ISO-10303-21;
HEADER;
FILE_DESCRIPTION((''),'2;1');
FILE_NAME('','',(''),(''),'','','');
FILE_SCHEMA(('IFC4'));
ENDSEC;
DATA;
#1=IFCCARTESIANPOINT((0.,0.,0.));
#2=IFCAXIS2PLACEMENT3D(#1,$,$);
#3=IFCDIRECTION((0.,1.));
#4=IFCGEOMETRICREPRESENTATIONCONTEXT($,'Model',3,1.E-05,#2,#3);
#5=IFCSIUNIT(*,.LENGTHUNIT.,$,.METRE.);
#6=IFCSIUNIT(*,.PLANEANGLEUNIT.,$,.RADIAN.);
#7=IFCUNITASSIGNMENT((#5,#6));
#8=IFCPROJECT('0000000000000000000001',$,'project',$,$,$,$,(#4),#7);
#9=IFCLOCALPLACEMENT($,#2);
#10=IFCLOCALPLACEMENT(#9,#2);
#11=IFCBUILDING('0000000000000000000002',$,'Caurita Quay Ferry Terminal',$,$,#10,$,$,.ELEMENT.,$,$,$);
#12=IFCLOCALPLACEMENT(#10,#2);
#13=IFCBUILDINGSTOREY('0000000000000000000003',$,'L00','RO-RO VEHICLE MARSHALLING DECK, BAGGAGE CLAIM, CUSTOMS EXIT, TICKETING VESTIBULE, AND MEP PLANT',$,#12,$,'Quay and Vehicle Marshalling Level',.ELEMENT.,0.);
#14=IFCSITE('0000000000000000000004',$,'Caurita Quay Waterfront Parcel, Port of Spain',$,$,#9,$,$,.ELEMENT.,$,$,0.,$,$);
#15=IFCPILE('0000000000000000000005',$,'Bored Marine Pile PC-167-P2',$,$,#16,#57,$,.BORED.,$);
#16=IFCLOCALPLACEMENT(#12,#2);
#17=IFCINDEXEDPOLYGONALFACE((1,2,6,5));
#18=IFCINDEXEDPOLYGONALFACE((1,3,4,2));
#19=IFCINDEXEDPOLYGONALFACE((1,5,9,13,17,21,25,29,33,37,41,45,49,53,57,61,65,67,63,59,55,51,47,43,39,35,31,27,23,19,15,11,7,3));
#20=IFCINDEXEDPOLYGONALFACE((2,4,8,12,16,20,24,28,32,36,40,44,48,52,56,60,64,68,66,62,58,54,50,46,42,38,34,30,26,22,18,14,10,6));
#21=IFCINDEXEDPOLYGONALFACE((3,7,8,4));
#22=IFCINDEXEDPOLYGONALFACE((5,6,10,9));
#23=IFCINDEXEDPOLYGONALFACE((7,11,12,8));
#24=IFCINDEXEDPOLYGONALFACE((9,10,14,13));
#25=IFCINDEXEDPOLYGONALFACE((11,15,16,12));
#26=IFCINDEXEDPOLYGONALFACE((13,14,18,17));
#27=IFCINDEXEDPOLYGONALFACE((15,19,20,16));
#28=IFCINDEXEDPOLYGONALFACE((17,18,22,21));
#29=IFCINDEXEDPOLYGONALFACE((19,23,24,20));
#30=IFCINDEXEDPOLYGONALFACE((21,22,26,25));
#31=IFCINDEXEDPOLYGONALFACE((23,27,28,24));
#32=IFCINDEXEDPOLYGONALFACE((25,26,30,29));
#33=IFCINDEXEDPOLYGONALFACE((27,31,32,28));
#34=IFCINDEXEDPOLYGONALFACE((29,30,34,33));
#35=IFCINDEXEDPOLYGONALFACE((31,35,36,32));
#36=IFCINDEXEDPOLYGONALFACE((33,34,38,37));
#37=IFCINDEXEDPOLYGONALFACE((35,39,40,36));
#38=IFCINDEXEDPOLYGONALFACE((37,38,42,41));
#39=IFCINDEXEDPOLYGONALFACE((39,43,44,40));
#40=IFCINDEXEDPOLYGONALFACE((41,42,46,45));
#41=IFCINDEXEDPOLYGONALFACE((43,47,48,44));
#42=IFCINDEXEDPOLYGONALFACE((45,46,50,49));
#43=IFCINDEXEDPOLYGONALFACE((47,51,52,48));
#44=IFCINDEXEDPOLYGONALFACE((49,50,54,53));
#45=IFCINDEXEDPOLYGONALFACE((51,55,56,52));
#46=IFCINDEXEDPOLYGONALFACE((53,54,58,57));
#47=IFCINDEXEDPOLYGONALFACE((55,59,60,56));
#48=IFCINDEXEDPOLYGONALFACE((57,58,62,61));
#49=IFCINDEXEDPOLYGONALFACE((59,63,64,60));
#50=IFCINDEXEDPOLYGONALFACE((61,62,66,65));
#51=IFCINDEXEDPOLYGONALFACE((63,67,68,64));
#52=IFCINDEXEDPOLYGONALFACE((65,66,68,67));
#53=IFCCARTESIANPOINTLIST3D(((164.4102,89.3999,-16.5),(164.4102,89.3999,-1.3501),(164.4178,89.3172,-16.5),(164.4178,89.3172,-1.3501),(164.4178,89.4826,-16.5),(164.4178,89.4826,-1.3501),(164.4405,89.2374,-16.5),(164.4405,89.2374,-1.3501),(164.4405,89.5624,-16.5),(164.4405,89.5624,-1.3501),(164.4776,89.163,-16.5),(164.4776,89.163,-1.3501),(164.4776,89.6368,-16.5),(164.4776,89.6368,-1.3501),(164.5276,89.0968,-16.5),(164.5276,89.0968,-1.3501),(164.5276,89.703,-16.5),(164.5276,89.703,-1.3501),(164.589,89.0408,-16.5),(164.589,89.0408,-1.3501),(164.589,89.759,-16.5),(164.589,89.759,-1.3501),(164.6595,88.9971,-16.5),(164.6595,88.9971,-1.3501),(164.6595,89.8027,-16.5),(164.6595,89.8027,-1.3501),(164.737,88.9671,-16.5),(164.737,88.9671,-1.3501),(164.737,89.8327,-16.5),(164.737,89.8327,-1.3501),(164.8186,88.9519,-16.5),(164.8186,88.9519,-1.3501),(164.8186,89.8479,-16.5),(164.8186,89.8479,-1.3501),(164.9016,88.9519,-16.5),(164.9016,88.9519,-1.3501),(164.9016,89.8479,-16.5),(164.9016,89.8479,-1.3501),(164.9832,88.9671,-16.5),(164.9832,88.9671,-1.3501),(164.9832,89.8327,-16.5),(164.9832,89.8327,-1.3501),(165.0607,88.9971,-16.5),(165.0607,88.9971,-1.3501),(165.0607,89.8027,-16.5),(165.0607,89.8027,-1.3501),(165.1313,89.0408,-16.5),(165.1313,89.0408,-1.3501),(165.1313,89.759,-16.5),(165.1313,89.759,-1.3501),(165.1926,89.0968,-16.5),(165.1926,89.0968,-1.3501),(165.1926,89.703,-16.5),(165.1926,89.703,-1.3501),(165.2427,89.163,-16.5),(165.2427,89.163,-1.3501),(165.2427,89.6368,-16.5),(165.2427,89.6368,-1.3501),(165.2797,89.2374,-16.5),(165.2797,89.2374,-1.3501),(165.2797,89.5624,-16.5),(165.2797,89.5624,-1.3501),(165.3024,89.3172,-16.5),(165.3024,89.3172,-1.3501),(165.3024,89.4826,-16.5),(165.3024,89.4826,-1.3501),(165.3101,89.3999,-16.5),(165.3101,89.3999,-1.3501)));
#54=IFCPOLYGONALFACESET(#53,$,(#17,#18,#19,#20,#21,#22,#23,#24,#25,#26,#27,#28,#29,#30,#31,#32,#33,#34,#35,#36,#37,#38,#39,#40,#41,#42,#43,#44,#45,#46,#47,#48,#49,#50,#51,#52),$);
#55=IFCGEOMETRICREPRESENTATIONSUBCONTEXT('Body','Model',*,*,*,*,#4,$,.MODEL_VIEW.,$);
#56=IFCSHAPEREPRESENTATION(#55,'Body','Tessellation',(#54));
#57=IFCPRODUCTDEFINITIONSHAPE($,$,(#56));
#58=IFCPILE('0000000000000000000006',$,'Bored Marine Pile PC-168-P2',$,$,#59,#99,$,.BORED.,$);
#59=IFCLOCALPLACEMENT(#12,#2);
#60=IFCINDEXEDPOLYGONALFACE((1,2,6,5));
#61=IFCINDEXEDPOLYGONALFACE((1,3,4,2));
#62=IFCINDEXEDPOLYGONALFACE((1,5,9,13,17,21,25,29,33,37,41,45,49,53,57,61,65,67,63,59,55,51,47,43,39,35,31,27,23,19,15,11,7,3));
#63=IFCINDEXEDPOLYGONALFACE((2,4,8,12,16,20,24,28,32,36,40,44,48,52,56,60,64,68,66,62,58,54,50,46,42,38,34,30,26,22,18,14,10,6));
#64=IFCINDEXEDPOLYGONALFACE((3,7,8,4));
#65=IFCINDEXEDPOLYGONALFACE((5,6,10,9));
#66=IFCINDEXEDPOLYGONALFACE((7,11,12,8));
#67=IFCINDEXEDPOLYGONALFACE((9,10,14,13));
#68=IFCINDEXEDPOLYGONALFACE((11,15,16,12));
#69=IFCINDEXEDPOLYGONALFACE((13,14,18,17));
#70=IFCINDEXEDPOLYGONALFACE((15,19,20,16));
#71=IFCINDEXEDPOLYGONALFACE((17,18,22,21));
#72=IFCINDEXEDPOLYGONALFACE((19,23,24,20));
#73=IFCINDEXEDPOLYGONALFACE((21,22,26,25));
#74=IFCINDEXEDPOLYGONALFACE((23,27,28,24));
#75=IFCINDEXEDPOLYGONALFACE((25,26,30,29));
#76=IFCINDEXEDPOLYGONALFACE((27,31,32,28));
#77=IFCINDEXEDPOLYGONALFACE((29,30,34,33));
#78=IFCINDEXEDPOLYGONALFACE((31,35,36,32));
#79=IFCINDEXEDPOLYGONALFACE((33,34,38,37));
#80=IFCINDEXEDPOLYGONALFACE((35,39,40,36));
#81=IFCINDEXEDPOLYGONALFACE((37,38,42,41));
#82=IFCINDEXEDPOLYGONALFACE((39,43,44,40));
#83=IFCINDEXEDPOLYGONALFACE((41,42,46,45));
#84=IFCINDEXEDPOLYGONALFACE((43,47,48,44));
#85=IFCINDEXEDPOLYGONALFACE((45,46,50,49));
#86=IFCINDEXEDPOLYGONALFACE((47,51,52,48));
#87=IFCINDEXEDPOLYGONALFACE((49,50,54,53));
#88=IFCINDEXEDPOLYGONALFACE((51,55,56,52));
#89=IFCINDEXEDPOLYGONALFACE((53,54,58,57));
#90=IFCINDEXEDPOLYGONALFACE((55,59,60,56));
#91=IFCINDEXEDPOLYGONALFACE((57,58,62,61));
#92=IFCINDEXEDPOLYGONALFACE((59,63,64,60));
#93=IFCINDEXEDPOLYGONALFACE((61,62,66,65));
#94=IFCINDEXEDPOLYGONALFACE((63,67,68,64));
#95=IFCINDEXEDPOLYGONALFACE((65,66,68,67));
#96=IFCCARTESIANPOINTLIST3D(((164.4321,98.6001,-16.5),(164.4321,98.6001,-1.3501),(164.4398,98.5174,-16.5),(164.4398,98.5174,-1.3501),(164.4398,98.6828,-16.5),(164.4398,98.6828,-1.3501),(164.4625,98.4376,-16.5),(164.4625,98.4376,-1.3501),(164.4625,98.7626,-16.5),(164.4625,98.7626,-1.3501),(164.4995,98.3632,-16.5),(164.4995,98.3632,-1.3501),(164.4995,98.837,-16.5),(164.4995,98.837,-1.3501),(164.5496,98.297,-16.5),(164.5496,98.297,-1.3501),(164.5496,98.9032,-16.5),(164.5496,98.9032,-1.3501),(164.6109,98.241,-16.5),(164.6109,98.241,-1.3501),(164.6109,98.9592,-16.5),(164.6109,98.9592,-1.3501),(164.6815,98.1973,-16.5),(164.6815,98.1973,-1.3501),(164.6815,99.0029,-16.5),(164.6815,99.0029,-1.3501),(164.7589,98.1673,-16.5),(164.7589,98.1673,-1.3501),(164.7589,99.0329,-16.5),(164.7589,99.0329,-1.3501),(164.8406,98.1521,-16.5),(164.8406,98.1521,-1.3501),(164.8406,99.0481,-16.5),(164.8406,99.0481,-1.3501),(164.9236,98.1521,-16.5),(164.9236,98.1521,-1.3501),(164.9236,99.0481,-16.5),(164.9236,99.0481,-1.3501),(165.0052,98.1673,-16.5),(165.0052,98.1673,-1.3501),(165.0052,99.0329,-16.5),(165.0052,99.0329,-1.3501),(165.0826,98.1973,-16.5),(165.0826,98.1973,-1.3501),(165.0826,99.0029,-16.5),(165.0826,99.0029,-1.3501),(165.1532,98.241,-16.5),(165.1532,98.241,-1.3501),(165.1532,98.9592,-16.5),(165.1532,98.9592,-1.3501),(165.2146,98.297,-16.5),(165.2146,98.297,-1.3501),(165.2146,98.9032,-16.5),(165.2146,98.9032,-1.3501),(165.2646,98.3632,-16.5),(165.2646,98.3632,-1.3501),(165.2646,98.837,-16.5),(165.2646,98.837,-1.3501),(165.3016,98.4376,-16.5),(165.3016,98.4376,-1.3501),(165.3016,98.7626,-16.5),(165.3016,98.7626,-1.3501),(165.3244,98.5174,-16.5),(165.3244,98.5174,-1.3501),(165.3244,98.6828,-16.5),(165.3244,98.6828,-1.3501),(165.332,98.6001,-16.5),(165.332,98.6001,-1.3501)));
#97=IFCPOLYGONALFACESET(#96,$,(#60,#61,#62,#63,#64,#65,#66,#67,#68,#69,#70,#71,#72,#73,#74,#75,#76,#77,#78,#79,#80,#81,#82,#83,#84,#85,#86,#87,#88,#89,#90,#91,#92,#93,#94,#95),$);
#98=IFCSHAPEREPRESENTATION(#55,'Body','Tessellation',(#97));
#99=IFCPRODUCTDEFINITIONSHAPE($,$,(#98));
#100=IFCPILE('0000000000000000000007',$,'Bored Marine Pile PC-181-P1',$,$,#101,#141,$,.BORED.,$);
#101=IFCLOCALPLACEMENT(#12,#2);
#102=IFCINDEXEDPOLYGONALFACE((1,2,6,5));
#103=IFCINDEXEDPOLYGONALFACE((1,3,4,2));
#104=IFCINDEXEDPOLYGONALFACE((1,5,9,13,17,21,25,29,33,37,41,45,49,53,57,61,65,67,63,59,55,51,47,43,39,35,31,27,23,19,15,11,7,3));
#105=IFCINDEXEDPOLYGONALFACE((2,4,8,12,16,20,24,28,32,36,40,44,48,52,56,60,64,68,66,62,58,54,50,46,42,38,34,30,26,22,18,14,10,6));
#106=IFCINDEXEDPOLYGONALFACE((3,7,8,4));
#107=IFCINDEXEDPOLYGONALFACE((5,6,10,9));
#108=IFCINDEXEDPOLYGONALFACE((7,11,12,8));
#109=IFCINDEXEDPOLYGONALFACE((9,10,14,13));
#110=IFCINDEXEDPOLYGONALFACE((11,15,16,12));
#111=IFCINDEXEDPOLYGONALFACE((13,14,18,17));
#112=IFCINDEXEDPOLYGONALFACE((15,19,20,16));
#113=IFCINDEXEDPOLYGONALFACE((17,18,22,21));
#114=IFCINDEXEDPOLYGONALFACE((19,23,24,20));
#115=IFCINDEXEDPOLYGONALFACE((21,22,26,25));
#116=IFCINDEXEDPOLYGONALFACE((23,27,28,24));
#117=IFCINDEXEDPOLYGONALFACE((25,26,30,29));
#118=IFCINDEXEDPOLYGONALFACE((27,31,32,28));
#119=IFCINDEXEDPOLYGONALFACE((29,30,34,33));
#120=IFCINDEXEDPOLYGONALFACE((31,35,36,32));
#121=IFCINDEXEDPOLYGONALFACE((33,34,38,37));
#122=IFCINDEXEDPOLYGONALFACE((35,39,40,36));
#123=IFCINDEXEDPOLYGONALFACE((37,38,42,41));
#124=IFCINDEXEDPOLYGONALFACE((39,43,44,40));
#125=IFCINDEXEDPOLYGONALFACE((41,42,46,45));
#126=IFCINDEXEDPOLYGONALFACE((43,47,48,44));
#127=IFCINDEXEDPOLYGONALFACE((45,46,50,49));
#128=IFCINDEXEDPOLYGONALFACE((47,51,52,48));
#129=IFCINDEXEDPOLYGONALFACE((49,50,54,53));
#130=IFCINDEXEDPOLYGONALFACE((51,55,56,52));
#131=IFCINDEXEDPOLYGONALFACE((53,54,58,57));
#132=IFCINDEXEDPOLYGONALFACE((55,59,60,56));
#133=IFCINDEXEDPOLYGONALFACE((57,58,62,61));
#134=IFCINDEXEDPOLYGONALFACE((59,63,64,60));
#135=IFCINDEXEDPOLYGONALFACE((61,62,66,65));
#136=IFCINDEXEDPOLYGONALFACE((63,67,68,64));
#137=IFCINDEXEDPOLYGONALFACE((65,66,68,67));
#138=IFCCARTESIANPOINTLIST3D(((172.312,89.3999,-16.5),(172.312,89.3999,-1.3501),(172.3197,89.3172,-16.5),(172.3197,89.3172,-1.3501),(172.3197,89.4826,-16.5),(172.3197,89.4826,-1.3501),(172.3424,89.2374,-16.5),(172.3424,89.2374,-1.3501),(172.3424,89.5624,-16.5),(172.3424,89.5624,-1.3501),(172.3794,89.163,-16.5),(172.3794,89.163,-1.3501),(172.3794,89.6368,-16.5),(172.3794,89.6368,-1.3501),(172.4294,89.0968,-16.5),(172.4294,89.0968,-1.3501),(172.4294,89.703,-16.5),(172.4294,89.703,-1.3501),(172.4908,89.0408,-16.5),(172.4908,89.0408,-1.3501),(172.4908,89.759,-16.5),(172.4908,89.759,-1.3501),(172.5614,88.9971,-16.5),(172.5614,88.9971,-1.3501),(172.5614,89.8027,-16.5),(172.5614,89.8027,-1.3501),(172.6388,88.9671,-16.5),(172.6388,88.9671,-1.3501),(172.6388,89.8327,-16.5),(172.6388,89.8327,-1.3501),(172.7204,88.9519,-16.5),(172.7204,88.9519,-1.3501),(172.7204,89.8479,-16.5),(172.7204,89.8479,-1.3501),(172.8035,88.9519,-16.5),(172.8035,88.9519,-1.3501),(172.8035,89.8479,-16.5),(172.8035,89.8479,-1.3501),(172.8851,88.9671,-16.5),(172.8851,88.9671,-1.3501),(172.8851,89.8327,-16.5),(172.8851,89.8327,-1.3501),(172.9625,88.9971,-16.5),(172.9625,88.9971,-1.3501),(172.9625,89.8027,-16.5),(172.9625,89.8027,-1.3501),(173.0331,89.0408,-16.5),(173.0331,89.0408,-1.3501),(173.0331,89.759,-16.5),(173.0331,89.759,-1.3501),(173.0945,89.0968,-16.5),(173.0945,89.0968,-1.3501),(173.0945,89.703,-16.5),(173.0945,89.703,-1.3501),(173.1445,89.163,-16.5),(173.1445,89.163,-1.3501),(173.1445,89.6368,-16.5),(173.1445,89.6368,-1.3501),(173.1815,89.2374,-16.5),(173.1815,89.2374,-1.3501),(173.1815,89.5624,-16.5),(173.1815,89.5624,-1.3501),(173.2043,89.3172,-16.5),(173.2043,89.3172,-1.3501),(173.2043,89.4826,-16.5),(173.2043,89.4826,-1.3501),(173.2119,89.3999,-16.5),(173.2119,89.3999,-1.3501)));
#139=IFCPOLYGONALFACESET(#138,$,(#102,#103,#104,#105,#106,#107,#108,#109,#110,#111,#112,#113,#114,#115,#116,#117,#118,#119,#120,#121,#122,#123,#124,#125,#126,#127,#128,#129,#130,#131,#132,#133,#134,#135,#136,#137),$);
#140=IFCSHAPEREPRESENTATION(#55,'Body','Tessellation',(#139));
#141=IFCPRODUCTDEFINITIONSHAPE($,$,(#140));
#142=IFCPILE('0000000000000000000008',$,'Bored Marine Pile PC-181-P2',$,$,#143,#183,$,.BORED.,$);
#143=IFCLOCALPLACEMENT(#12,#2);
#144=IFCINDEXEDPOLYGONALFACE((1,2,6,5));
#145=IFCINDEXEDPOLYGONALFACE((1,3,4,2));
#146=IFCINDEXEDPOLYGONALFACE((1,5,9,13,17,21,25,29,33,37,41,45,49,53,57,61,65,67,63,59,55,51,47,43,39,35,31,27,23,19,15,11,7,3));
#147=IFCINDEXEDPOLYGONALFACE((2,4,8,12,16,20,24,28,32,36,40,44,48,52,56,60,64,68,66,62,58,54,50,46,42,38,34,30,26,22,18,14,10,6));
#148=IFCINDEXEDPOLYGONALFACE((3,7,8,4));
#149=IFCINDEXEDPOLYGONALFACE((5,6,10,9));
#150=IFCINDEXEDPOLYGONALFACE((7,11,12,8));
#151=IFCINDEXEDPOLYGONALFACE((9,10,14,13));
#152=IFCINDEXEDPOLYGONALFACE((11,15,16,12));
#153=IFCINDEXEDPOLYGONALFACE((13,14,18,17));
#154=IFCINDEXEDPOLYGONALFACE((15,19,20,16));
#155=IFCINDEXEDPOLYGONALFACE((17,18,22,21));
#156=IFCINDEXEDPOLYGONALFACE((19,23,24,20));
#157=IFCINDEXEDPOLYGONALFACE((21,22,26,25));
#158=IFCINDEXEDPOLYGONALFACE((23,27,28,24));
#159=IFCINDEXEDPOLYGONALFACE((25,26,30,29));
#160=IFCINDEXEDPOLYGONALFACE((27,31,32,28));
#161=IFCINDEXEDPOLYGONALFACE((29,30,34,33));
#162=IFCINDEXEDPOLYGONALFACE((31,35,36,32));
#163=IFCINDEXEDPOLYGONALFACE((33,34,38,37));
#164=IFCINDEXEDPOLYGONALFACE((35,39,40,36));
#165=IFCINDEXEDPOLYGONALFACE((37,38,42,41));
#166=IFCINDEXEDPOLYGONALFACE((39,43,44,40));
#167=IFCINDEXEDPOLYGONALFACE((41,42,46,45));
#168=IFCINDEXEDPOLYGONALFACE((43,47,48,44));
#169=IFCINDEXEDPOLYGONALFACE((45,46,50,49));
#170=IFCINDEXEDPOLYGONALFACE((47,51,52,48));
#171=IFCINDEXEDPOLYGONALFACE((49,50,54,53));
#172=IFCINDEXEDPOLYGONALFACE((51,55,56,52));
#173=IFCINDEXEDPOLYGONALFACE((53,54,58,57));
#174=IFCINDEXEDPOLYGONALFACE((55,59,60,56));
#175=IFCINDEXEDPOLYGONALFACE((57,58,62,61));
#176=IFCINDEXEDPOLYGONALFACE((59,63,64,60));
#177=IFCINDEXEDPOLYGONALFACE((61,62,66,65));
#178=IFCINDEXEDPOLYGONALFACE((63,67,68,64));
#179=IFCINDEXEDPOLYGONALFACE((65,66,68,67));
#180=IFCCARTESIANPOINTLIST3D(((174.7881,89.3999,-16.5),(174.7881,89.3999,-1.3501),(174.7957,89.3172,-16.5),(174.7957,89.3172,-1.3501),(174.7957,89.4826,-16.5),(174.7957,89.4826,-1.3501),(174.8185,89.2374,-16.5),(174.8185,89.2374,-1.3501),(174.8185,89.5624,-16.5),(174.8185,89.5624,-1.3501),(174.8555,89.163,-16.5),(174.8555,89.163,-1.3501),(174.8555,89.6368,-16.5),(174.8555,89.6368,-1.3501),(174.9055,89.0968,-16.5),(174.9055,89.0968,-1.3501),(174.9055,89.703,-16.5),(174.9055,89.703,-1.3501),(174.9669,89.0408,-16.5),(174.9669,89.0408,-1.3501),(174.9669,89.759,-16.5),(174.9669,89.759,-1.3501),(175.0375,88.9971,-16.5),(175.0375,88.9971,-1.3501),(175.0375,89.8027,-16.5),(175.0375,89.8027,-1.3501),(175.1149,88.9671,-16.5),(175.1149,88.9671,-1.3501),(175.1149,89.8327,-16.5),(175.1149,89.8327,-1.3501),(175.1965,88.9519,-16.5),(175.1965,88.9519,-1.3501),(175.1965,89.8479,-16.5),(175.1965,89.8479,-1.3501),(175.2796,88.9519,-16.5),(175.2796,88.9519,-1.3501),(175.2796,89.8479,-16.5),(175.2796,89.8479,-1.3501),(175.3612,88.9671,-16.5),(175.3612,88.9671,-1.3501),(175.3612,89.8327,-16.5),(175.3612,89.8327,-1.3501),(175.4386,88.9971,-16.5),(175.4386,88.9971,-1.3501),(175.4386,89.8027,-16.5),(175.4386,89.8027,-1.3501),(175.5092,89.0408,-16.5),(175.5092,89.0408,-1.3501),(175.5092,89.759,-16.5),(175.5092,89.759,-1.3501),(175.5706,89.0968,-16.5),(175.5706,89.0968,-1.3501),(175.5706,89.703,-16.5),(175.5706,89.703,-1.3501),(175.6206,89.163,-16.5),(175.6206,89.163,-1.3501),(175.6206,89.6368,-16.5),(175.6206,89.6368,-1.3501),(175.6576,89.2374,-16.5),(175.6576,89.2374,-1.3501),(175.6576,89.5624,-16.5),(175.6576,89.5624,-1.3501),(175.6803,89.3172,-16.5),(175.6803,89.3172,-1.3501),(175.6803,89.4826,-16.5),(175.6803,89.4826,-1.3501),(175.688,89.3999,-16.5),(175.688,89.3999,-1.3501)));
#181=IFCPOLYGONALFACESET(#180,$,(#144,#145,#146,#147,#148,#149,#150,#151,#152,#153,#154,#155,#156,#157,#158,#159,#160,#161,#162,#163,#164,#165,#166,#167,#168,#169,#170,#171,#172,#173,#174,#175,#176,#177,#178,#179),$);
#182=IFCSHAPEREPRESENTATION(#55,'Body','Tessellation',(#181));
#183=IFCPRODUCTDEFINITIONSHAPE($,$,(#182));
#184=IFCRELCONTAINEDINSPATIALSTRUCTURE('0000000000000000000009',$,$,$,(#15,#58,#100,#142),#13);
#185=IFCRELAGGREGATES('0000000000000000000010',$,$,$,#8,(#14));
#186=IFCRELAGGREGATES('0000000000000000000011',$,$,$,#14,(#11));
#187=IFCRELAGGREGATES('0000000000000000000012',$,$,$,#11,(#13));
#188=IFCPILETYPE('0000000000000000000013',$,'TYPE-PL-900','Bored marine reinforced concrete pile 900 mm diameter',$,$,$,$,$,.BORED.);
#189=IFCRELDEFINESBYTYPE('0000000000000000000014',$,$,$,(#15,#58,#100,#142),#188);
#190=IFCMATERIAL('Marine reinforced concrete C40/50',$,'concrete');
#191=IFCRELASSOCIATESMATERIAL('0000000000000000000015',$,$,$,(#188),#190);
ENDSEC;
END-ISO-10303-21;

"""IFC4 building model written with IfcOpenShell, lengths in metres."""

from ifc_helpers import new_model, si_unit, direction, frame, origin, origin_2d, place, context, subcontext, project, spatial, circle, extrude, material, material_profile, profile_set, type_object, element, save


model = new_model("IFC4")

# Units and contexts
model_context = context("Model", 3, precision=1e-05, world=origin(), true_north=direction((0.0, 1.0)))
body_context = subcontext(model_context, "Body", "Model", "MODEL_VIEW")
ifc_project = project(units=[si_unit("LENGTHUNIT", "METRE"), si_unit("PLANEANGLEUNIT", "RADIAN")], contexts=[model_context])

# Site, building, storey
site_placement = place(None, origin())
site = spatial("IfcSite", under=ifc_project, at=site_placement, Name="Caurita Quay Waterfront Parcel, Port of Spain", CompositionType="ELEMENT", RefElevation=0.0)
building_placement = place(site_placement, origin())
building = spatial("IfcBuilding", under=site, at=building_placement, Name="Caurita Quay Ferry Terminal", CompositionType="ELEMENT")
storey_placement = place(building_placement, origin())
storey = spatial("IfcBuildingStorey", under=building, at=storey_placement, Name="L00", Description="RO-RO VEHICLE MARSHALLING DECK, BAGGAGE CLAIM, CUSTOMS EXIT, TICKETING VESTIBULE, AND MEP PLANT", LongName="Quay and Vehicle Marshalling Level", CompositionType="ELEMENT", Elevation=0.0)

# Piles
ifc_material_1 = material(Name="Marine reinforced concrete C40/50", Category="concrete")
ifc_material_profile_1 = material_profile(ifc_material_1, circle(Radius=0.45, at=origin_2d()), Name="PILE-D900")
ifc_profile_set_1 = profile_set([ifc_material_profile_1], Name="Marine reinforced concrete C40/50")
pile_type = type_object("IfcPileType", Name="TYPE-PL-900", Description="Bored marine reinforced concrete pile 900 mm diameter", PredefinedType="BORED", material=ifc_profile_set_1)
for number, where, z_axis, x_axis, name in (
    (1, (164.8601, 89.3999, -1.3501), (0.0, 0.0, -1.0), (1.0, 0.0, 0.0), "Bored Marine Pile PC-167-P2"),
    (2, (164.8821, 98.6001, -1.3501), (0.0, 0.0, -1.0), (1.0, 0.0, 0.0), "Bored Marine Pile PC-168-P2"),
    (3, (172.762, 89.3999, -1.3501), (0.0, 0.0, -1.0), (1.0, 0.0, 0.0), "Bored Marine Pile PC-181-P1"),
    (4, (175.238, 89.3999, -1.3501), (0.0, 0.0, -1.0), (1.0, 0.0, 0.0), "Bored Marine Pile PC-181-P2"),
):
    element("IfcPile", number, at=place(storey_placement, frame(where, z_axis=z_axis, x_axis=x_axis)), inside=storey, type_object=pile_type, Name=name, PredefinedType="BORED", context=body_context, shape_type="SweptSolid", body=[
        extrude(circle(Radius=0.45, at=origin_2d()), origin(), (0.0, 0.0, 1.0), 15.1499),
    ])

save(model, "model.ifc")
